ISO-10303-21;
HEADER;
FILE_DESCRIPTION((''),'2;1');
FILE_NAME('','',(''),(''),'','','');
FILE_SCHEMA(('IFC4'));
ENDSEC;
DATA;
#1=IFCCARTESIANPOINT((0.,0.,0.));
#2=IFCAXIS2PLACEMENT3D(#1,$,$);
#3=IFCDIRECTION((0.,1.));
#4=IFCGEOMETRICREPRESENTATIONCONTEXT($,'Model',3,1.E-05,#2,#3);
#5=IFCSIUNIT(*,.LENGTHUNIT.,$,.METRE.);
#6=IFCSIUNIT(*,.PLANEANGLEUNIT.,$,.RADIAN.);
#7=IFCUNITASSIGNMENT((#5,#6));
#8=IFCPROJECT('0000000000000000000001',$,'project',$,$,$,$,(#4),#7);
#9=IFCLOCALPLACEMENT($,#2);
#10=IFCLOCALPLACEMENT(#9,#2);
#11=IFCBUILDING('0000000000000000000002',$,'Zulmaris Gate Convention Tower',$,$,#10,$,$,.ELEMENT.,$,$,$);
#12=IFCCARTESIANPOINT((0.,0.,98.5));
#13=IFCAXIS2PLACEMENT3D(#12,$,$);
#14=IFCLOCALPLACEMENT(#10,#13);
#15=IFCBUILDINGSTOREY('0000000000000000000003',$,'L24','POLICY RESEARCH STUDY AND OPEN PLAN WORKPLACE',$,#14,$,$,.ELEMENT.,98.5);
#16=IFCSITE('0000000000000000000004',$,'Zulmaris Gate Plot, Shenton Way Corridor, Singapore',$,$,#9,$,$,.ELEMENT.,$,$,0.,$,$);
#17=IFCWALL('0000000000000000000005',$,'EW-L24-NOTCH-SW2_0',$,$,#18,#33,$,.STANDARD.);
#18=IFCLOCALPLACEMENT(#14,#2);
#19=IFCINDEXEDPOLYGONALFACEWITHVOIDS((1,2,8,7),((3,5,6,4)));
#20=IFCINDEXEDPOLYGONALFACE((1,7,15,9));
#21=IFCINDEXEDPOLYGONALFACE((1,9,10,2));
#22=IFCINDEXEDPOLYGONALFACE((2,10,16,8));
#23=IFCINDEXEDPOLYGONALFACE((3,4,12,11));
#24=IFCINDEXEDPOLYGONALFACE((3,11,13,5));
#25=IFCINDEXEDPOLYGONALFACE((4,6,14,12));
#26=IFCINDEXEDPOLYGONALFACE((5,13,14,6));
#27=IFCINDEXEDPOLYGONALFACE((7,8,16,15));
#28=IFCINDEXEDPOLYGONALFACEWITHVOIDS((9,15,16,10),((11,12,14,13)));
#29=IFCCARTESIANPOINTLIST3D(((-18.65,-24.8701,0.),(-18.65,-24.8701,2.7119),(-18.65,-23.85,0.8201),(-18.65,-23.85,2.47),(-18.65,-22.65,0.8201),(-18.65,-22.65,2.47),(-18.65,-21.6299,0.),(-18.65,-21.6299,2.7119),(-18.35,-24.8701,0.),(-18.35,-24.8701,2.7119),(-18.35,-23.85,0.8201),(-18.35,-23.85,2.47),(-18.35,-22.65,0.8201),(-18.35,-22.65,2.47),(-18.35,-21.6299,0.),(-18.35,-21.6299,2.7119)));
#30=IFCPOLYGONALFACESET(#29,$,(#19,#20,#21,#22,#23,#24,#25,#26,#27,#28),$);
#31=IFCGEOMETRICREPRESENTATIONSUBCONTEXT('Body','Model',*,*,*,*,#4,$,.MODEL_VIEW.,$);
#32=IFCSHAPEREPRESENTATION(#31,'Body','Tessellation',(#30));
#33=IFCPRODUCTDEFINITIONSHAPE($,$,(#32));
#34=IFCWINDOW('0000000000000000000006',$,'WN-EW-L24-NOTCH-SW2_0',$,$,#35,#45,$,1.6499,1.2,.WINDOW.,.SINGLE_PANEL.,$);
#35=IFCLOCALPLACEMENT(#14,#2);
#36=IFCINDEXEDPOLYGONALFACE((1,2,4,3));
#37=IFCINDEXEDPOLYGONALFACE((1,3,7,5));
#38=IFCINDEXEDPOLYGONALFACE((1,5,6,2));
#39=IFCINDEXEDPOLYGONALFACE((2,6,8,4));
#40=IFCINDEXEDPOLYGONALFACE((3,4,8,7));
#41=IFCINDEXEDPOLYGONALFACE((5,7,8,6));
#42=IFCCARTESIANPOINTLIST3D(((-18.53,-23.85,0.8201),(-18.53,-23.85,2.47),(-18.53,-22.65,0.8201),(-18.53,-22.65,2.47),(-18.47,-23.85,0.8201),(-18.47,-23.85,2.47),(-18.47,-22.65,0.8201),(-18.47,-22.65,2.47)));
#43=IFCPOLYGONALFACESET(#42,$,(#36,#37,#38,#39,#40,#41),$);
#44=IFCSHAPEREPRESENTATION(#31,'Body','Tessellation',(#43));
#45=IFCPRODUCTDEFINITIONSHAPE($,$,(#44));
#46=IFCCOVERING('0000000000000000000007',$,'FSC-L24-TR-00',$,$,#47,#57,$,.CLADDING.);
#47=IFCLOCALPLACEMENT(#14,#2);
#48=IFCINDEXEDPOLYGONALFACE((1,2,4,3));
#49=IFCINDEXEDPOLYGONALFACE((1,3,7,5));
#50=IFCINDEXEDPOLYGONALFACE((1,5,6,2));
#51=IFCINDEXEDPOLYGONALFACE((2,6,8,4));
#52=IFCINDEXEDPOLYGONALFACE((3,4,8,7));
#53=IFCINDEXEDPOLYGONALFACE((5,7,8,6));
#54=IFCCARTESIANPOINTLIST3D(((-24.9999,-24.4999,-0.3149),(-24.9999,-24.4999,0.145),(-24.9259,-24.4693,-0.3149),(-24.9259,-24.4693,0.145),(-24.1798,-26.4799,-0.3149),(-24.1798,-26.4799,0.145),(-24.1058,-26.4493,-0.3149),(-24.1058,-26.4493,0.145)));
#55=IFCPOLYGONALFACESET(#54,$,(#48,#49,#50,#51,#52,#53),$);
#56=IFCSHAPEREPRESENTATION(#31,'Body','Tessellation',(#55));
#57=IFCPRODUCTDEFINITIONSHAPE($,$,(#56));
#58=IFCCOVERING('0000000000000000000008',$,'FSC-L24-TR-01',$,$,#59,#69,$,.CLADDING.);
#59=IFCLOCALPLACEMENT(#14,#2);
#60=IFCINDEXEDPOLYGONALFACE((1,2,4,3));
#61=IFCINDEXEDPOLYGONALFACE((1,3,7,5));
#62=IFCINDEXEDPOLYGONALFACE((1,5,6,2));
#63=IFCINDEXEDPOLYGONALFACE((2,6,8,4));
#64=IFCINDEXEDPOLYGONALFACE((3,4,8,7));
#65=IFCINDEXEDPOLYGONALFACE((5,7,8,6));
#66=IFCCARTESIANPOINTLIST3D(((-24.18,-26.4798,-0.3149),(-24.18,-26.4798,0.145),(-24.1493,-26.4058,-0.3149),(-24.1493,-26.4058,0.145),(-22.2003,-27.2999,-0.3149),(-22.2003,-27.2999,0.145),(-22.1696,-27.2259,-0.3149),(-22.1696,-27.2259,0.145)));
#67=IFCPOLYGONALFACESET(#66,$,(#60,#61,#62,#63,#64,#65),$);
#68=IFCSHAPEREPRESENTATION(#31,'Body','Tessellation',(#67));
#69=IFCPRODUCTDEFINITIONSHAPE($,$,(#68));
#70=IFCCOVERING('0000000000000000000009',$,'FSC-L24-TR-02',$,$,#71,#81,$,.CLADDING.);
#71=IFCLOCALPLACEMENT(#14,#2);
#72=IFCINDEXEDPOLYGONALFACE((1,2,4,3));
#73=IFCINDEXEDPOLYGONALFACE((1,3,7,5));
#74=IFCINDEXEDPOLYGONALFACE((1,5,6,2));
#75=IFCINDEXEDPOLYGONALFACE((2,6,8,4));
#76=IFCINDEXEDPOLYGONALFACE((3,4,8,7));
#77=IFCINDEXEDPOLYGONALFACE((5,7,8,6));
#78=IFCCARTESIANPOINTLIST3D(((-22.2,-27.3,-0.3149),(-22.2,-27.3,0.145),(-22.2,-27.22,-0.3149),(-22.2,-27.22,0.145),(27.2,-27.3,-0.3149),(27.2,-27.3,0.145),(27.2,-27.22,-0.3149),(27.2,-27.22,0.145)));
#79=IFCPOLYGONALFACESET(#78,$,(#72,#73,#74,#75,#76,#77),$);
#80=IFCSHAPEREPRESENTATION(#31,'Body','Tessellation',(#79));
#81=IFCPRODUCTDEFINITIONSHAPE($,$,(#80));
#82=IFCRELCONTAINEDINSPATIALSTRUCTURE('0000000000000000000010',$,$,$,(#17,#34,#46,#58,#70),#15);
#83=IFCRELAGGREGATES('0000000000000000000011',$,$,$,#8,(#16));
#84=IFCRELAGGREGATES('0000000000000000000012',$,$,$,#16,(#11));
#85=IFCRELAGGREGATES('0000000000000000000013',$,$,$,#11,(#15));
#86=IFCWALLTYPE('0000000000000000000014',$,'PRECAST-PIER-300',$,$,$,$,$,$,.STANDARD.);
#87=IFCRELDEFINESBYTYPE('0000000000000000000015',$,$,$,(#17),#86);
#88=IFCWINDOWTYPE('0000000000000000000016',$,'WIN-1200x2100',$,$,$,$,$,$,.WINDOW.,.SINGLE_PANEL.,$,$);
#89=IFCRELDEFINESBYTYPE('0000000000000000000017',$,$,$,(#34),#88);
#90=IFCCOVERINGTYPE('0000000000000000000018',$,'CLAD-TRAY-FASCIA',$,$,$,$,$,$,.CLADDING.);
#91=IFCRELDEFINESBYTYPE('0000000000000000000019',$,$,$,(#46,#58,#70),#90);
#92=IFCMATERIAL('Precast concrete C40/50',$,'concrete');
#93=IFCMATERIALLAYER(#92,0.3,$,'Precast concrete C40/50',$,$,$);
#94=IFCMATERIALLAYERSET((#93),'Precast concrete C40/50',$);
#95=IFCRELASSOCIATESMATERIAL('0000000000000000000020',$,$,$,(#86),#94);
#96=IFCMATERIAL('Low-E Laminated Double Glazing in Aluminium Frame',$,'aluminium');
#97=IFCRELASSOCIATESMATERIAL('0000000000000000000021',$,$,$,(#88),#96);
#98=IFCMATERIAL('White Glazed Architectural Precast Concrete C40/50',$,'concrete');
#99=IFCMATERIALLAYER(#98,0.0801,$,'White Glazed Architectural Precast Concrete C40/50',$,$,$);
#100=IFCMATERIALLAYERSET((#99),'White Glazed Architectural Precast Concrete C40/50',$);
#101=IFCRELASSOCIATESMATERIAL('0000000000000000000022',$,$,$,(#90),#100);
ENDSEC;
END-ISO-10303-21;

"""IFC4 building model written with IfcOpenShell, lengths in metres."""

from ifc_helpers import new_model, si_unit, direction, frame, frame_2d, origin, place, context, subcontext, project, spatial, rectangle, extrude, material, layer, layer_set, type_object, element, fill, save


model = new_model("IFC4")

# Units and contexts
model_context = context("Model", 3, precision=1e-05, world=origin(), true_north=direction((0.0, 1.0)))
body_context = subcontext(model_context, "Body", "Model", "MODEL_VIEW")
ifc_project = project(units=[si_unit("LENGTHUNIT", "METRE"), si_unit("PLANEANGLEUNIT", "RADIAN")], contexts=[model_context])

# Site, building, storey
site_placement = place(None, origin())
site = spatial("IfcSite", under=ifc_project, at=site_placement, Name="Zulmaris Gate Plot, Shenton Way Corridor, Singapore", CompositionType="ELEMENT", RefElevation=0.0)
building_placement = place(site_placement, origin())
building = spatial("IfcBuilding", under=site, at=building_placement, Name="Zulmaris Gate Convention Tower", CompositionType="ELEMENT")
storey_placement = place(building_placement, frame((0.0, 0.0, 98.5)))
storey = spatial("IfcBuildingStorey", under=building, at=storey_placement, Name="L24", Description="POLICY RESEARCH STUDY AND OPEN PLAN WORKPLACE", CompositionType="ELEMENT", Elevation=98.5)

# Wall, opening, window
ifc_material_1 = material(Name="Precast concrete C40/50", Category="concrete")
ifc_layer_1 = layer(ifc_material_1, 0.3, Name="Precast concrete C40/50")
ifc_layer_set_1 = layer_set([ifc_layer_1], Name="Precast concrete C40/50")
wall_type = type_object("IfcWallType", Name="PRECAST-PIER-300", PredefinedType="STANDARD", material=ifc_layer_set_1)
wall_placement = place(storey_placement, frame((-18.5, -21.6299, 0.0), z_axis=(0.0, 0.0, 1.0), x_axis=(0.0, -1.0, 0.0)))
wall = element("IfcWall", 1, at=wall_placement, inside=storey, type_object=wall_type, Name="EW-L24-NOTCH-SW2_0", PredefinedType="STANDARD", context=body_context, shape_type="SweptSolid", body=[
    extrude(rectangle(XDim=3.2402, YDim=0.3, at=frame_2d((1.6201, 0.0))), origin(), (0.0, 0.0, 1.0), 2.7119),
])
opening_placement = place(wall_placement, frame((1.02, 0.0, 0.8201)))
opening = element("IfcOpeningElement", 2, at=opening_placement, cuts=wall, PredefinedType="OPENING", context=body_context, shape_type="SweptSolid", body=[
    extrude(rectangle(XDim=1.2, YDim=1.6499, at=frame_2d((0.6001, 0.825))), frame((0.0, 0.1602, 0.0), z_axis=(0.0, -1.0, 0.0), x_axis=(1.0, 0.0, 0.0)), (0.0, 0.0, 1.0), 0.3201),
])
ifc_material_2 = material(Name="Low-E Laminated Double Glazing in Aluminium Frame", Category="aluminium")
window_type = type_object("IfcWindowType", Name="WIN-1200x2100", PartitioningType="SINGLE_PANEL", PredefinedType="WINDOW", material=ifc_material_2)
window_placement = place(opening_placement, origin())
window = element("IfcWindow", 3, at=window_placement, inside=storey, type_object=window_type, Name="WN-EW-L24-NOTCH-SW2_0", OverallHeight=1.6499, OverallWidth=1.2, PartitioningType="SINGLE_PANEL", PredefinedType="WINDOW", context=body_context, shape_type="SweptSolid", body=[
    extrude(rectangle(XDim=1.2, YDim=1.6499, at=frame_2d((0.6001, 0.825))), frame((0.0, 0.03, 0.0), z_axis=(0.0, -1.0, 0.0), x_axis=(1.0, 0.0, 0.0)), (0.0, 0.0, 1.0), 0.0601),
])
fill(opening, window)

# Coverings
ifc_material_3 = material(Name="White Glazed Architectural Precast Concrete C40/50", Category="concrete")
ifc_layer_2 = layer(ifc_material_3, 0.0801, Name="White Glazed Architectural Precast Concrete C40/50")
ifc_layer_set_2 = layer_set([ifc_layer_2], Name="White Glazed Architectural Precast Concrete C40/50")
covering_type = type_object("IfcCoveringType", Name="CLAD-TRAY-FASCIA", PredefinedType="CLADDING", material=ifc_layer_set_2)
covering_1_placement = place(storey_placement, frame((-24.9629, -24.4846, -0.3149), z_axis=(0.0, 0.0, 1.0), x_axis=(0.382657, -0.92389, 0.0)))
element("IfcCovering", 4, at=covering_1_placement, inside=storey, type_object=covering_type, Name="FSC-L24-TR-00", PredefinedType="CLADDING", context=body_context, shape_type="SweptSolid", body=[
    extrude(rectangle(XDim=2.1431, YDim=0.0801, at=frame_2d((1.0715, 0.0))), origin(), (0.0, 0.0, 1.0), 0.46),
])
covering_2_placement = place(storey_placement, frame((-24.1646, -26.4429, -0.3149), z_axis=(0.0, 0.0, 1.0), x_axis=(0.923874, -0.382697, 0.0)))
element("IfcCovering", 5, at=covering_2_placement, inside=storey, type_object=covering_type, Name="FSC-L24-TR-01", PredefinedType="CLADDING", context=body_context, shape_type="SweptSolid", body=[
    extrude(rectangle(XDim=2.1428, YDim=0.0801, at=frame_2d((1.0713, 0.0))), origin(), (0.0, 0.0, 1.0), 0.46),
])
covering_3_placement = place(storey_placement, frame((-22.2, -27.26, -0.3149), z_axis=(0.0, 0.0, 1.0), x_axis=(1.0, 0.0, 0.0)))
element("IfcCovering", 6, at=covering_3_placement, inside=storey, type_object=covering_type, Name="FSC-L24-TR-02", PredefinedType="CLADDING", context=body_context, shape_type="SweptSolid", body=[
    extrude(rectangle(XDim=49.3999, YDim=0.0801, at=frame_2d((24.7, 0.0))), origin(), (0.0, 0.0, 1.0), 0.46),
])

save(model, "model.ifc")
